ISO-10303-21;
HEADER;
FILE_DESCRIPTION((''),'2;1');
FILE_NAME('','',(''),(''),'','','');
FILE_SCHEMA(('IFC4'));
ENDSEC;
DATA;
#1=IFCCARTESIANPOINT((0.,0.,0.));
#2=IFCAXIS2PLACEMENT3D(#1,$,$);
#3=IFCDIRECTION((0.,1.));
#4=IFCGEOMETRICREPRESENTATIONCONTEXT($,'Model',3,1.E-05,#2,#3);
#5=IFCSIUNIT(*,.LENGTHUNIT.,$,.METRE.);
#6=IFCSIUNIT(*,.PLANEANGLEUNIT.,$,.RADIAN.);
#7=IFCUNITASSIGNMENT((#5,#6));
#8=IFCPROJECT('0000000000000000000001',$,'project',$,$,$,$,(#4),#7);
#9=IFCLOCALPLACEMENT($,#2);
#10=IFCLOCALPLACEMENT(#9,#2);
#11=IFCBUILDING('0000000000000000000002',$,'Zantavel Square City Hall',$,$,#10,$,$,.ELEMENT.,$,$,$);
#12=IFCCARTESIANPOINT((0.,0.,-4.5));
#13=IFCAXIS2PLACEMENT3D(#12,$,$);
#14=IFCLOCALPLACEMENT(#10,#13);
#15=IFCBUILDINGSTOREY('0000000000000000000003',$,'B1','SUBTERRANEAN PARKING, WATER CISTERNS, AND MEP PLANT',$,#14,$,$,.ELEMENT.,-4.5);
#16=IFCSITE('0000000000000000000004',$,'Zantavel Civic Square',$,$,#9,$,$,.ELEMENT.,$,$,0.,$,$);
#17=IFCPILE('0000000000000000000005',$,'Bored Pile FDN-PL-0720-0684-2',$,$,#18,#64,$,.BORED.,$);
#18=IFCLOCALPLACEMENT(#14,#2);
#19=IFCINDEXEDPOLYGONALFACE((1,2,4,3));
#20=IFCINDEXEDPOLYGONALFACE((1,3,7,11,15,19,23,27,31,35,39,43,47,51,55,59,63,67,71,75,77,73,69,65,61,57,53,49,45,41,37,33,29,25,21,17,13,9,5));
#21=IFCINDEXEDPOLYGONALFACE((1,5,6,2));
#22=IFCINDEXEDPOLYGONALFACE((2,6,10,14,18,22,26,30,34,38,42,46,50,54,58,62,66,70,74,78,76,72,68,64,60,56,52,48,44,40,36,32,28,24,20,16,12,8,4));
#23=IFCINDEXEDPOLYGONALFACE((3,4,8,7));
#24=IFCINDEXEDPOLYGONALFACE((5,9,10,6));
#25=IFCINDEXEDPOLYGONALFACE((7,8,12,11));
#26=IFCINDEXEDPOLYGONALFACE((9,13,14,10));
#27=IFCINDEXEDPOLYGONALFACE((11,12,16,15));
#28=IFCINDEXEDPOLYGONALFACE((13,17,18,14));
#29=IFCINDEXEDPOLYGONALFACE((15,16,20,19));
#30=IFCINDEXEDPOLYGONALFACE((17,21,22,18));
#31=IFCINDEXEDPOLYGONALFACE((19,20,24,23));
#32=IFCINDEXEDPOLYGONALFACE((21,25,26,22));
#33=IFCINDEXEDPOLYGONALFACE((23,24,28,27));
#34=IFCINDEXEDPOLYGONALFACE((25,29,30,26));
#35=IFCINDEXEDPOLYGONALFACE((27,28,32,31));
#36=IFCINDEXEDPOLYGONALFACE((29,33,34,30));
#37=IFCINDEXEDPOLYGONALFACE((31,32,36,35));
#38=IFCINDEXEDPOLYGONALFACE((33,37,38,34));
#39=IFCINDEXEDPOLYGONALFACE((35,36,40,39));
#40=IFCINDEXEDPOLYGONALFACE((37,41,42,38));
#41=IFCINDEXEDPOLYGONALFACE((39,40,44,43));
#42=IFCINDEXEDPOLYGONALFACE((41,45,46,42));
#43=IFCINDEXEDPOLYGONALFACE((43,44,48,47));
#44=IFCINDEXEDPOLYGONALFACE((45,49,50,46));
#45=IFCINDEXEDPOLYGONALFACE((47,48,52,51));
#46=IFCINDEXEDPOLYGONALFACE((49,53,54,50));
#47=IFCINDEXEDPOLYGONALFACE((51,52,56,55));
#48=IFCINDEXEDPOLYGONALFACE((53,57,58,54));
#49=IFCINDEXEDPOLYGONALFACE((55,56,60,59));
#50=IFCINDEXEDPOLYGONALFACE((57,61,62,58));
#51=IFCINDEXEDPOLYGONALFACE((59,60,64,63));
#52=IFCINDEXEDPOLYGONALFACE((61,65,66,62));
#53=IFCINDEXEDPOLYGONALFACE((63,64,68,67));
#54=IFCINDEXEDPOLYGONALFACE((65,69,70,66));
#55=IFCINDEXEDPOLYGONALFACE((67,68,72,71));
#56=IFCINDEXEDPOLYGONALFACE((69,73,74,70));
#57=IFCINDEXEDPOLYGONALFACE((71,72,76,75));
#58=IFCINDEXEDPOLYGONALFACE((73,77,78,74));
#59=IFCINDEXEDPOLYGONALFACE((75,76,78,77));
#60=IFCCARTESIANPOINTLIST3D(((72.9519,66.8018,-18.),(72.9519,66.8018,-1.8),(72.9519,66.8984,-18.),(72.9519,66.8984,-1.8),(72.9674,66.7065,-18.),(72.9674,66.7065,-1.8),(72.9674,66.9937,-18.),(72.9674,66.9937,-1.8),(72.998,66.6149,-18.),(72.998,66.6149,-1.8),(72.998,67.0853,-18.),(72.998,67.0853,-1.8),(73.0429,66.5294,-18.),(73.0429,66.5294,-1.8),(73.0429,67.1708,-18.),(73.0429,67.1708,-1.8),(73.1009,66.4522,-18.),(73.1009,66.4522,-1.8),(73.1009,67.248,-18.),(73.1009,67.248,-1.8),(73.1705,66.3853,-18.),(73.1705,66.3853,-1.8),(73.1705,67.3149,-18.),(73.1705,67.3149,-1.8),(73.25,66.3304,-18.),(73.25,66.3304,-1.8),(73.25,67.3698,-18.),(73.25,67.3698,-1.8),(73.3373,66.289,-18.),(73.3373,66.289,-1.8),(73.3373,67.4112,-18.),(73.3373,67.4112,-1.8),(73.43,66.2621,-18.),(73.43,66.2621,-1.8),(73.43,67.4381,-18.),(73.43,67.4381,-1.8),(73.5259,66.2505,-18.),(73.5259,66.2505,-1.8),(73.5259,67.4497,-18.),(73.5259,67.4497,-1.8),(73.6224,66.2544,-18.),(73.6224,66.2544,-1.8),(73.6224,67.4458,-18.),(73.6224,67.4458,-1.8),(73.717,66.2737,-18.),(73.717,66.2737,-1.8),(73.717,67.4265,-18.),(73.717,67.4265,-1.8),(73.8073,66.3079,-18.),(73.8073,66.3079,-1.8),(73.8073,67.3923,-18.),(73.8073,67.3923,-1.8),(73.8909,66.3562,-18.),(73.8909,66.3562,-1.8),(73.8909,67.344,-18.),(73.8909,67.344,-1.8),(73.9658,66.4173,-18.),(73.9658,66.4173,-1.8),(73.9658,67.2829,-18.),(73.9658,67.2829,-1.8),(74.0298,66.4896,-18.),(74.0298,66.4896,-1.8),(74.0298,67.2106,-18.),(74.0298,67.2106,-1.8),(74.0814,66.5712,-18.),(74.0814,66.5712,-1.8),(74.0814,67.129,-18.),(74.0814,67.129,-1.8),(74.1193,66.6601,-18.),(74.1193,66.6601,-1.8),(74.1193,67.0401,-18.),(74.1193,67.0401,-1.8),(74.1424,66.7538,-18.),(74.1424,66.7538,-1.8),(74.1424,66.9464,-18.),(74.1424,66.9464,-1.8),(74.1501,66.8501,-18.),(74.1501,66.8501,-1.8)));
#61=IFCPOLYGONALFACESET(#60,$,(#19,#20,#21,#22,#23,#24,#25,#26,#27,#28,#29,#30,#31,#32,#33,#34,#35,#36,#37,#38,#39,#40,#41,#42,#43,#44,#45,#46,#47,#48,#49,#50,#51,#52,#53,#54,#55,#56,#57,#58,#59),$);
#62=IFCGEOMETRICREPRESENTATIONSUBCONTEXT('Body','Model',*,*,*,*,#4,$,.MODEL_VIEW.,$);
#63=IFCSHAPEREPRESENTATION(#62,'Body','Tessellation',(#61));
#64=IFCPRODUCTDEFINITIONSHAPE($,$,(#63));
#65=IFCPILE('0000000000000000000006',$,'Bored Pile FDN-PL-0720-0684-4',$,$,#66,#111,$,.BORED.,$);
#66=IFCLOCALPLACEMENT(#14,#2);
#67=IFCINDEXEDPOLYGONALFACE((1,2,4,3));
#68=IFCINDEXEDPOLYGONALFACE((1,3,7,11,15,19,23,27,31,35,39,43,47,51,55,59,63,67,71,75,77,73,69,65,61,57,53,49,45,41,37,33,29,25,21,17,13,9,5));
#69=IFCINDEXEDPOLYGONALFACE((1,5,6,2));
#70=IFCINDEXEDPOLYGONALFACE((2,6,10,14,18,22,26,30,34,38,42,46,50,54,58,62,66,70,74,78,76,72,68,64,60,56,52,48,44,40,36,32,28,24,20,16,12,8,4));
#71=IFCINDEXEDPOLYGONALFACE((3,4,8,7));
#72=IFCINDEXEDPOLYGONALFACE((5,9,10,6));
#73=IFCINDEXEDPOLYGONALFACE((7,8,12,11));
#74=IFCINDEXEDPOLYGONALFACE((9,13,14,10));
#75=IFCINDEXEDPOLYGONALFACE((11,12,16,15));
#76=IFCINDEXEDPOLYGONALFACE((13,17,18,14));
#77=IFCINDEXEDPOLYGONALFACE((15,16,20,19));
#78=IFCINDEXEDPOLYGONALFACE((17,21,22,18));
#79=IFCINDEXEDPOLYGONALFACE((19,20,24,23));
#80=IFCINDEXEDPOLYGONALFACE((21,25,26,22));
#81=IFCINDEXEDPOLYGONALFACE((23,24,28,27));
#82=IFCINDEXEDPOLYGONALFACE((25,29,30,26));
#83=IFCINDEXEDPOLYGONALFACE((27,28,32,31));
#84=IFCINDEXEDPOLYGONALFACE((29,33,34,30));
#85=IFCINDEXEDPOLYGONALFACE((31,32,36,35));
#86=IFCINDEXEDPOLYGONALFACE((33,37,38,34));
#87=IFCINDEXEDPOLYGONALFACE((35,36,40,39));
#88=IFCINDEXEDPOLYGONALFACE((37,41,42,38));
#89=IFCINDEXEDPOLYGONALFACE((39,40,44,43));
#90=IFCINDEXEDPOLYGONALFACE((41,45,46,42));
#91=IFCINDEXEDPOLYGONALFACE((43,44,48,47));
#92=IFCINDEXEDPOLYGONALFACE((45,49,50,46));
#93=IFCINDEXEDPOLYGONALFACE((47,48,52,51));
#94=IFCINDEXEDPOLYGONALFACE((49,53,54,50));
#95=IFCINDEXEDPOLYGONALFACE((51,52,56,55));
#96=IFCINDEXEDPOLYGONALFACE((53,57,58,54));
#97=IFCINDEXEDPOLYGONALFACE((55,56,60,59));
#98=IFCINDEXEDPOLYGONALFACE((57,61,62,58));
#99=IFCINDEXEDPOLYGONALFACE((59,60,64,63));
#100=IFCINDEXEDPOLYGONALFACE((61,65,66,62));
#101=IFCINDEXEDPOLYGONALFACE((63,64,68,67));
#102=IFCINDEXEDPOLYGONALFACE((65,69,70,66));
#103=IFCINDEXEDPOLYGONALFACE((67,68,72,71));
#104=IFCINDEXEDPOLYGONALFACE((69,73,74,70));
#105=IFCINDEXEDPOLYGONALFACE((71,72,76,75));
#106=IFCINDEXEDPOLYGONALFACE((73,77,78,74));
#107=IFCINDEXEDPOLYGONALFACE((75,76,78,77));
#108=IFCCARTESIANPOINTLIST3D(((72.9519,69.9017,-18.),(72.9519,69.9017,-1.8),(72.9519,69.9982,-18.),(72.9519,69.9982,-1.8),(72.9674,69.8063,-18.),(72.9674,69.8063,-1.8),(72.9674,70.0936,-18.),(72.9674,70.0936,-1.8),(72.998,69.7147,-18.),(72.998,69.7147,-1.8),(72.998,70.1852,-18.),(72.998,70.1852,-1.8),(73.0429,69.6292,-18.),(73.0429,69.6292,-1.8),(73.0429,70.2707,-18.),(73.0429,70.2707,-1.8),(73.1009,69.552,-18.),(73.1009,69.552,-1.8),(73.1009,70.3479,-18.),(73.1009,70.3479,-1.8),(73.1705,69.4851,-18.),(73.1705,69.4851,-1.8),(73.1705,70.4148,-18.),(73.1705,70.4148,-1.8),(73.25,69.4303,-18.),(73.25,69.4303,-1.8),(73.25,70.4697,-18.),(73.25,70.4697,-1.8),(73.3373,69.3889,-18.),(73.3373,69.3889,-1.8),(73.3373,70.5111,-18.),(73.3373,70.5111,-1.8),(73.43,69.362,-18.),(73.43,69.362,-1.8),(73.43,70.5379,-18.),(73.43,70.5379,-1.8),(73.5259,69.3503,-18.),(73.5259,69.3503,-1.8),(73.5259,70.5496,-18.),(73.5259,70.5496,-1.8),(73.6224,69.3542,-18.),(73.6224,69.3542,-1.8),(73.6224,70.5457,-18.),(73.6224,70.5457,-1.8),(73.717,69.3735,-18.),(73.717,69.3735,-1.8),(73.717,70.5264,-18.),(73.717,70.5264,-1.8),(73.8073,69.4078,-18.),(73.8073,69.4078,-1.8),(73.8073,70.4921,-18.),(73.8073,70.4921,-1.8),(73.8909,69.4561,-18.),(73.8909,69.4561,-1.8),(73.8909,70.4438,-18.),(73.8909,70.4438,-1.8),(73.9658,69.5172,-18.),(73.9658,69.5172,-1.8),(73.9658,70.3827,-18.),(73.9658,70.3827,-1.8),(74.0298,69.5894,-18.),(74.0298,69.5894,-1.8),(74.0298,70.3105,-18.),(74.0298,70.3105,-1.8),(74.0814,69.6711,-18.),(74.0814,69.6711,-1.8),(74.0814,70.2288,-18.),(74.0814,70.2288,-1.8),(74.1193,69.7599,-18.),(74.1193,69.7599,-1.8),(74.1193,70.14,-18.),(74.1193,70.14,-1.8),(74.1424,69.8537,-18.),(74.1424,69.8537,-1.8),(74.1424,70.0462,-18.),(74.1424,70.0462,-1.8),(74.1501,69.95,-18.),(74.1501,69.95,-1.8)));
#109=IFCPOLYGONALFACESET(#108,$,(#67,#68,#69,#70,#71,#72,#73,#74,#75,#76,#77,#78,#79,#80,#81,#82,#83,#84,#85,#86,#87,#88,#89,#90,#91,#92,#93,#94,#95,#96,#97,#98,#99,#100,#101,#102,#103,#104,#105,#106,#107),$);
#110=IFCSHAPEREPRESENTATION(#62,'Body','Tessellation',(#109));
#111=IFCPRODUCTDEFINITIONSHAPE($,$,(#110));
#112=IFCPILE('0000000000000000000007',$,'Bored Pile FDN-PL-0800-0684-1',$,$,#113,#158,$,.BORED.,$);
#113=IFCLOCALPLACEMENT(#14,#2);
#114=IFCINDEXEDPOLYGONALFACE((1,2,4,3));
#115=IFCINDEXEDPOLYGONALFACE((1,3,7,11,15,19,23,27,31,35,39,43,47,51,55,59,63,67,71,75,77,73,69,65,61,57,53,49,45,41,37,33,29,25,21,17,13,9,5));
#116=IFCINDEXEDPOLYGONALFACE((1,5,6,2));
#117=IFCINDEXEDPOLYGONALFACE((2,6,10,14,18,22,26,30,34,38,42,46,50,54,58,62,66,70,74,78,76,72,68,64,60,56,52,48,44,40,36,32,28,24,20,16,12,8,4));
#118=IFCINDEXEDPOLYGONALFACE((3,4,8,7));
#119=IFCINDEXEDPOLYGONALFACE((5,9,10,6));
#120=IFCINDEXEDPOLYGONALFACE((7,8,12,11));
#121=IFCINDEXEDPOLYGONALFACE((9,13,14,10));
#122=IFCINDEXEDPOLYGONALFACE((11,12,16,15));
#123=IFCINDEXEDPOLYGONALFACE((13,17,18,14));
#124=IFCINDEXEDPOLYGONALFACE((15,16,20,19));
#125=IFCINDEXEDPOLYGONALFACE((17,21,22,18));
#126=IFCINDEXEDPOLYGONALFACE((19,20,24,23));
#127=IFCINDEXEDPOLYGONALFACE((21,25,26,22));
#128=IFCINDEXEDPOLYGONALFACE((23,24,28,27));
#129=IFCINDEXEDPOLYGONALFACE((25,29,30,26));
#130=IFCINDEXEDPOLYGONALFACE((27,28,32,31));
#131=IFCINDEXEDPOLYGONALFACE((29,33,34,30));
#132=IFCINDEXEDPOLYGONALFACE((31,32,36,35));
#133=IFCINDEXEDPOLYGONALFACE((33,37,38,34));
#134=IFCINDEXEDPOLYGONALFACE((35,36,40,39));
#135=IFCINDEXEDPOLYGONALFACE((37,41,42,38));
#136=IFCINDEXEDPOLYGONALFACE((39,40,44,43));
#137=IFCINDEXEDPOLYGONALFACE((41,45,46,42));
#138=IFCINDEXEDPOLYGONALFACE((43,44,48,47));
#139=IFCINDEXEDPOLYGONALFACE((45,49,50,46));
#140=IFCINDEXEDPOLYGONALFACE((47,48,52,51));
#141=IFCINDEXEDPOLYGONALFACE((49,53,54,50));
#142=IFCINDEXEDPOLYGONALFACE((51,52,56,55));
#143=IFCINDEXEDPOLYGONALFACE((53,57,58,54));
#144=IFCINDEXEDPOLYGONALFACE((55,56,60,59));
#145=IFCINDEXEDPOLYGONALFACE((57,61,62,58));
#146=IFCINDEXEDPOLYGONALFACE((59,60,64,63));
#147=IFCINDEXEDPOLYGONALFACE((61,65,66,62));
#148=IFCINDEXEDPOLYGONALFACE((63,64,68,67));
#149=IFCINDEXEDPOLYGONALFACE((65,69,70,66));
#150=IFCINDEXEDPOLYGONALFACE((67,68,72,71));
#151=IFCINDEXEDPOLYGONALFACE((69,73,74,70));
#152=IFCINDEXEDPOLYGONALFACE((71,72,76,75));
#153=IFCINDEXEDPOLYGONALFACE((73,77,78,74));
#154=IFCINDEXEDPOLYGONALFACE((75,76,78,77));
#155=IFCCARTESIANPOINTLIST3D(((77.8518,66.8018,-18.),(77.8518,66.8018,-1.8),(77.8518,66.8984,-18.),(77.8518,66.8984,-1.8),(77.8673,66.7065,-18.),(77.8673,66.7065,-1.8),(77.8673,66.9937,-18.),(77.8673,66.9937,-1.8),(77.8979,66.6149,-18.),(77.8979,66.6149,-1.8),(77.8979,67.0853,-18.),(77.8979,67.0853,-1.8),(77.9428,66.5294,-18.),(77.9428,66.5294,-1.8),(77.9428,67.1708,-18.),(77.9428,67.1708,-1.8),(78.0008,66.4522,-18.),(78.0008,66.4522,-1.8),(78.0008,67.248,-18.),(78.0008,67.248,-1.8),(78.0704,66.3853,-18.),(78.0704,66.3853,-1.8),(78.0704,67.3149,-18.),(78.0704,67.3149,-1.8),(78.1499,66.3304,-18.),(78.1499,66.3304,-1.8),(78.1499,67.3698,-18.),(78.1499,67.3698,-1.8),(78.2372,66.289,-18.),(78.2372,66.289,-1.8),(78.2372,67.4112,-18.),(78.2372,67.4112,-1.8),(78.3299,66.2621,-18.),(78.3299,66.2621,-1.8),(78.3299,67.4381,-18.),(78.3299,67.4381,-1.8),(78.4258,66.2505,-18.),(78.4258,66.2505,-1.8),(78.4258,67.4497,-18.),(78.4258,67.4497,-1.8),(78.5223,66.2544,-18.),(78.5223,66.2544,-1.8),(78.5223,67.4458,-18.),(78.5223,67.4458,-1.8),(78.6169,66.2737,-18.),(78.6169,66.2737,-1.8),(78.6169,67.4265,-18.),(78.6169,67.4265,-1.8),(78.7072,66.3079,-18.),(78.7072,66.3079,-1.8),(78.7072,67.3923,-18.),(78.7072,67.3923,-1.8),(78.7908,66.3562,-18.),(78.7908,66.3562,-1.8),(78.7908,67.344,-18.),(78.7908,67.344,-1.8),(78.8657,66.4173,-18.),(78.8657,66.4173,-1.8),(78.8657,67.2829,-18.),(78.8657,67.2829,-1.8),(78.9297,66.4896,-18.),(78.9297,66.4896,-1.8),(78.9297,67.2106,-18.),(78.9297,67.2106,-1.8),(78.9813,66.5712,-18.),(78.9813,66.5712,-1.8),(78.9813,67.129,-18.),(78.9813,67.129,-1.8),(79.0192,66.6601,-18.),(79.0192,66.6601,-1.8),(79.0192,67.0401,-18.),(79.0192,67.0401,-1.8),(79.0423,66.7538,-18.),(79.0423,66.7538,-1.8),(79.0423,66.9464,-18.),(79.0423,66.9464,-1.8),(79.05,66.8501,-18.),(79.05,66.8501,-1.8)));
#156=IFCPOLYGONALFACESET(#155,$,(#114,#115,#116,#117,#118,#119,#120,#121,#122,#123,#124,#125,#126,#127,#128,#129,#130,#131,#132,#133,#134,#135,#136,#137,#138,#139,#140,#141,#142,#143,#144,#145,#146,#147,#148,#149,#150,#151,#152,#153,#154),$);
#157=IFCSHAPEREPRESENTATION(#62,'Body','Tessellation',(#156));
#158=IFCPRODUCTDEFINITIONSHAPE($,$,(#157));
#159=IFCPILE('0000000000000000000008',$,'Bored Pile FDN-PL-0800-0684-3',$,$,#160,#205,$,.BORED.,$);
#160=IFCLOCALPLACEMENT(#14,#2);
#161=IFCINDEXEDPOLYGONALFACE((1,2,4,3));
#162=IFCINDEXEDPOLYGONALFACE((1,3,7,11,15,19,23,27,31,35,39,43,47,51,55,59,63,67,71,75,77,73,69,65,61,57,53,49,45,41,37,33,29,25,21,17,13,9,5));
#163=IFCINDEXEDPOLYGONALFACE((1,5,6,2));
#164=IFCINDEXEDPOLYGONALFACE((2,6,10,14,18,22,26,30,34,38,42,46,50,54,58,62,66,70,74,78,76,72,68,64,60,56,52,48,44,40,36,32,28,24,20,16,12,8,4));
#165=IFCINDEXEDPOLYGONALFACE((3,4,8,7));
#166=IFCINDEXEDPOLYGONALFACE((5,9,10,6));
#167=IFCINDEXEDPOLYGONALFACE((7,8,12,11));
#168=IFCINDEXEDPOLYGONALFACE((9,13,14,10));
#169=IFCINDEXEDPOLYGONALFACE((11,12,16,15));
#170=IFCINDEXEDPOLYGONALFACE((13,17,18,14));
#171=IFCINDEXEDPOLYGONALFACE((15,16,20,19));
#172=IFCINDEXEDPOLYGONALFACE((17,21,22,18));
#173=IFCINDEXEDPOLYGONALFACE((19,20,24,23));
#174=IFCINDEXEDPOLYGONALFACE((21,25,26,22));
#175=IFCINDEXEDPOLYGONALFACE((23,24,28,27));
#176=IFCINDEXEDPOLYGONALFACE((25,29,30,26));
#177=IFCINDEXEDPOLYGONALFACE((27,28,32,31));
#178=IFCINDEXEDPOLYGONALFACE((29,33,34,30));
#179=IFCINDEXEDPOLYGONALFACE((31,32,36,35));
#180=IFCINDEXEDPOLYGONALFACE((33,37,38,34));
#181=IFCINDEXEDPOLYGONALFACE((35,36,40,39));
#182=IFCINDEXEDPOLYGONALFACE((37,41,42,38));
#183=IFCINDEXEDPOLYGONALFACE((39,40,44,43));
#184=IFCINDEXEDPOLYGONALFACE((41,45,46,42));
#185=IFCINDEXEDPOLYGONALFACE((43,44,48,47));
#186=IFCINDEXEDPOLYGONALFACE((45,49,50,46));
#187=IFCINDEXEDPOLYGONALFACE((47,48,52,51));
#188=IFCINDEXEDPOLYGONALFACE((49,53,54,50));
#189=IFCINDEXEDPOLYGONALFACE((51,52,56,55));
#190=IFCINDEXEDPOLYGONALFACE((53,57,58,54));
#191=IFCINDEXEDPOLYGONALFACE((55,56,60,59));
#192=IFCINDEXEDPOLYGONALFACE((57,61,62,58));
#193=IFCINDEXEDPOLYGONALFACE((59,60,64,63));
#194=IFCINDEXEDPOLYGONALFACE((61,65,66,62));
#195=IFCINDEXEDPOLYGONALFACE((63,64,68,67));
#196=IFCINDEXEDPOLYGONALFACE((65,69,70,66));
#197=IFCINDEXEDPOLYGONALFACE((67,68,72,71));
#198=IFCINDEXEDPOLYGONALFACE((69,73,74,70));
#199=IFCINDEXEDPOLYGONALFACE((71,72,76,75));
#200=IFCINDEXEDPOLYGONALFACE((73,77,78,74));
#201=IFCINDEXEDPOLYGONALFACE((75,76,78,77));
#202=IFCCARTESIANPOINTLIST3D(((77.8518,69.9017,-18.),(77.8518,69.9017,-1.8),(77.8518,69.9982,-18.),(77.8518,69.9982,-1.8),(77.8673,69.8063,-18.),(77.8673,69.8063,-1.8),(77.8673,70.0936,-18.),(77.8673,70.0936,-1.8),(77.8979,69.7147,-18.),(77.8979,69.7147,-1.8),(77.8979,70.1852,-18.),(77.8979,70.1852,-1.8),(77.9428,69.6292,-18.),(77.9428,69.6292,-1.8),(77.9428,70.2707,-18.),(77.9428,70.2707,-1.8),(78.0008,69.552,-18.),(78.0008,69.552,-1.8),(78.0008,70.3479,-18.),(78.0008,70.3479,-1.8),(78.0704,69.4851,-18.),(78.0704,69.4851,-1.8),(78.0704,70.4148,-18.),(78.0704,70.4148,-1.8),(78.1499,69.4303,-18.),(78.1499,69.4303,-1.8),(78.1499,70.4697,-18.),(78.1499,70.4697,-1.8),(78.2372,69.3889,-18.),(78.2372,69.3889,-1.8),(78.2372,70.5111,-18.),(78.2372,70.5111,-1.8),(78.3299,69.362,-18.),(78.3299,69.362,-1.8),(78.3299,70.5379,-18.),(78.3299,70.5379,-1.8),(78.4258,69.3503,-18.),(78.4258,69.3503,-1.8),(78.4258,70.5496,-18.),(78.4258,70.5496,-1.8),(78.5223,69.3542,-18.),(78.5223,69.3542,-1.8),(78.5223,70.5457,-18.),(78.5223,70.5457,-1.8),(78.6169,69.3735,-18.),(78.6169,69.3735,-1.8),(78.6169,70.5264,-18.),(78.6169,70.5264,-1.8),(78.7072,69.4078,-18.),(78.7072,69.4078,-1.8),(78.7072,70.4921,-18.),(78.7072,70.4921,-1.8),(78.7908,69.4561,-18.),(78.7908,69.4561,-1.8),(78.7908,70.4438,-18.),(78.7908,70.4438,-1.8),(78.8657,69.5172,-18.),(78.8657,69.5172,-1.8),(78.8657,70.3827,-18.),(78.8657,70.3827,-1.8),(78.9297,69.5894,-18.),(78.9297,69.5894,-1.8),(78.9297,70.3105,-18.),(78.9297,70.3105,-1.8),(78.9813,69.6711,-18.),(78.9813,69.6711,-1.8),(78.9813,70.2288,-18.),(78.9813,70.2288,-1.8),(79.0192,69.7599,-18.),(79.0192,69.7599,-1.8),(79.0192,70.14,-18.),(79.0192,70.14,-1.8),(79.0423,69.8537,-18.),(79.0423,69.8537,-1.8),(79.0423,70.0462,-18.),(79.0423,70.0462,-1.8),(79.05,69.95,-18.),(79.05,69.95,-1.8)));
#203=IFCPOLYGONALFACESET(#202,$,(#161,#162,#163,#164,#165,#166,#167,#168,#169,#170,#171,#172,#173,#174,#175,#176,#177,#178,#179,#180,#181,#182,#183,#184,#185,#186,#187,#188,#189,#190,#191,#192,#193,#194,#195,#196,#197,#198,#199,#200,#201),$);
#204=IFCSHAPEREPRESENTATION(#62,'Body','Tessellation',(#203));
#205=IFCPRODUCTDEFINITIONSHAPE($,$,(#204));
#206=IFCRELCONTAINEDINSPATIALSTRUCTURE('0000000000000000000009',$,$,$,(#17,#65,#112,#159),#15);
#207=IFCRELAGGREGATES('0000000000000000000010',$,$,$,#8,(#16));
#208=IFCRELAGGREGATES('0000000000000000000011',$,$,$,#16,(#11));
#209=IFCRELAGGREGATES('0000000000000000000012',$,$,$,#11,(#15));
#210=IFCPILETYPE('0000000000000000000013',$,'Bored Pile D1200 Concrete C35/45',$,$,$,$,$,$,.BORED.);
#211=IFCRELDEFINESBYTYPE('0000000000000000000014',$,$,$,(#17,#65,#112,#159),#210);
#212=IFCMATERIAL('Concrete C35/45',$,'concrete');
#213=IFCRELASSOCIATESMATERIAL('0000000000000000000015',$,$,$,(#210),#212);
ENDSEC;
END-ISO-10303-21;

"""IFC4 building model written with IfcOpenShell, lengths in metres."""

from ifc_helpers import new_model, si_unit, direction, frame, origin, origin_2d, place, context, subcontext, project, spatial, circle, extrude, material, material_profile, profile_set, type_object, element, save


model = new_model("IFC4")

# Units and contexts
model_context = context("Model", 3, precision=1e-05, world=origin(), true_north=direction((0.0, 1.0)))
body_context = subcontext(model_context, "Body", "Model", "MODEL_VIEW")
ifc_project = project(units=[si_unit("LENGTHUNIT", "METRE"), si_unit("PLANEANGLEUNIT", "RADIAN")], contexts=[model_context])

# Site, building, storey
site_placement = place(None, origin())
site = spatial("IfcSite", under=ifc_project, at=site_placement, Name="Zantavel Civic Square", CompositionType="ELEMENT", RefElevation=0.0)
building_placement = place(site_placement, origin())
building = spatial("IfcBuilding", under=site, at=building_placement, Name="Zantavel Square City Hall", CompositionType="ELEMENT")
storey_placement = place(building_placement, frame((0.0, 0.0, -4.5)))
storey = spatial("IfcBuildingStorey", under=building, at=storey_placement, Name="B1", Description="SUBTERRANEAN PARKING, WATER CISTERNS, AND MEP PLANT", CompositionType="ELEMENT", Elevation=-4.5)

# Piles
ifc_material_1 = material(Name="Concrete C35/45", Category="concrete")
ifc_material_profile_1 = material_profile(ifc_material_1, circle(Radius=0.6001, at=origin_2d()), Name="PILE D1200")
ifc_profile_set_1 = profile_set([ifc_material_profile_1], Name="Concrete C35/45")
pile_type_1 = type_object("IfcPileType", Name="Bored Pile D1200 Concrete C35/45", PredefinedType="BORED", material=ifc_profile_set_1)
for number, where, z_axis, x_axis, name in (
    (1, (73.55, 66.8501, -1.8), (0.0, 0.0, -1.0), (1.0, 0.0, 0.0), "Bored Pile FDN-PL-0720-0684-2"),
    (2, (73.55, 69.95, -1.8), (0.0, 0.0, -1.0), (1.0, 0.0, 0.0), "Bored Pile FDN-PL-0720-0684-4"),
    (3, (78.45, 66.8501, -1.8), (0.0, 0.0, -1.0), (1.0, 0.0, 0.0), "Bored Pile FDN-PL-0800-0684-1"),
    (4, (78.45, 69.95, -1.8), (0.0, 0.0, -1.0), (1.0, 0.0, 0.0), "Bored Pile FDN-PL-0800-0684-3"),
):
    element("IfcPile", number, at=place(storey_placement, frame(where, z_axis=z_axis, x_axis=x_axis)), inside=storey, type_object=pile_type_1, Name=name, PredefinedType="BORED", context=body_context, shape_type="SweptSolid", body=[
        extrude(circle(Radius=0.6001, at=origin_2d()), origin(), (0.0, 0.0, 1.0), 16.2),
    ])

save(model, "model.ifc")
